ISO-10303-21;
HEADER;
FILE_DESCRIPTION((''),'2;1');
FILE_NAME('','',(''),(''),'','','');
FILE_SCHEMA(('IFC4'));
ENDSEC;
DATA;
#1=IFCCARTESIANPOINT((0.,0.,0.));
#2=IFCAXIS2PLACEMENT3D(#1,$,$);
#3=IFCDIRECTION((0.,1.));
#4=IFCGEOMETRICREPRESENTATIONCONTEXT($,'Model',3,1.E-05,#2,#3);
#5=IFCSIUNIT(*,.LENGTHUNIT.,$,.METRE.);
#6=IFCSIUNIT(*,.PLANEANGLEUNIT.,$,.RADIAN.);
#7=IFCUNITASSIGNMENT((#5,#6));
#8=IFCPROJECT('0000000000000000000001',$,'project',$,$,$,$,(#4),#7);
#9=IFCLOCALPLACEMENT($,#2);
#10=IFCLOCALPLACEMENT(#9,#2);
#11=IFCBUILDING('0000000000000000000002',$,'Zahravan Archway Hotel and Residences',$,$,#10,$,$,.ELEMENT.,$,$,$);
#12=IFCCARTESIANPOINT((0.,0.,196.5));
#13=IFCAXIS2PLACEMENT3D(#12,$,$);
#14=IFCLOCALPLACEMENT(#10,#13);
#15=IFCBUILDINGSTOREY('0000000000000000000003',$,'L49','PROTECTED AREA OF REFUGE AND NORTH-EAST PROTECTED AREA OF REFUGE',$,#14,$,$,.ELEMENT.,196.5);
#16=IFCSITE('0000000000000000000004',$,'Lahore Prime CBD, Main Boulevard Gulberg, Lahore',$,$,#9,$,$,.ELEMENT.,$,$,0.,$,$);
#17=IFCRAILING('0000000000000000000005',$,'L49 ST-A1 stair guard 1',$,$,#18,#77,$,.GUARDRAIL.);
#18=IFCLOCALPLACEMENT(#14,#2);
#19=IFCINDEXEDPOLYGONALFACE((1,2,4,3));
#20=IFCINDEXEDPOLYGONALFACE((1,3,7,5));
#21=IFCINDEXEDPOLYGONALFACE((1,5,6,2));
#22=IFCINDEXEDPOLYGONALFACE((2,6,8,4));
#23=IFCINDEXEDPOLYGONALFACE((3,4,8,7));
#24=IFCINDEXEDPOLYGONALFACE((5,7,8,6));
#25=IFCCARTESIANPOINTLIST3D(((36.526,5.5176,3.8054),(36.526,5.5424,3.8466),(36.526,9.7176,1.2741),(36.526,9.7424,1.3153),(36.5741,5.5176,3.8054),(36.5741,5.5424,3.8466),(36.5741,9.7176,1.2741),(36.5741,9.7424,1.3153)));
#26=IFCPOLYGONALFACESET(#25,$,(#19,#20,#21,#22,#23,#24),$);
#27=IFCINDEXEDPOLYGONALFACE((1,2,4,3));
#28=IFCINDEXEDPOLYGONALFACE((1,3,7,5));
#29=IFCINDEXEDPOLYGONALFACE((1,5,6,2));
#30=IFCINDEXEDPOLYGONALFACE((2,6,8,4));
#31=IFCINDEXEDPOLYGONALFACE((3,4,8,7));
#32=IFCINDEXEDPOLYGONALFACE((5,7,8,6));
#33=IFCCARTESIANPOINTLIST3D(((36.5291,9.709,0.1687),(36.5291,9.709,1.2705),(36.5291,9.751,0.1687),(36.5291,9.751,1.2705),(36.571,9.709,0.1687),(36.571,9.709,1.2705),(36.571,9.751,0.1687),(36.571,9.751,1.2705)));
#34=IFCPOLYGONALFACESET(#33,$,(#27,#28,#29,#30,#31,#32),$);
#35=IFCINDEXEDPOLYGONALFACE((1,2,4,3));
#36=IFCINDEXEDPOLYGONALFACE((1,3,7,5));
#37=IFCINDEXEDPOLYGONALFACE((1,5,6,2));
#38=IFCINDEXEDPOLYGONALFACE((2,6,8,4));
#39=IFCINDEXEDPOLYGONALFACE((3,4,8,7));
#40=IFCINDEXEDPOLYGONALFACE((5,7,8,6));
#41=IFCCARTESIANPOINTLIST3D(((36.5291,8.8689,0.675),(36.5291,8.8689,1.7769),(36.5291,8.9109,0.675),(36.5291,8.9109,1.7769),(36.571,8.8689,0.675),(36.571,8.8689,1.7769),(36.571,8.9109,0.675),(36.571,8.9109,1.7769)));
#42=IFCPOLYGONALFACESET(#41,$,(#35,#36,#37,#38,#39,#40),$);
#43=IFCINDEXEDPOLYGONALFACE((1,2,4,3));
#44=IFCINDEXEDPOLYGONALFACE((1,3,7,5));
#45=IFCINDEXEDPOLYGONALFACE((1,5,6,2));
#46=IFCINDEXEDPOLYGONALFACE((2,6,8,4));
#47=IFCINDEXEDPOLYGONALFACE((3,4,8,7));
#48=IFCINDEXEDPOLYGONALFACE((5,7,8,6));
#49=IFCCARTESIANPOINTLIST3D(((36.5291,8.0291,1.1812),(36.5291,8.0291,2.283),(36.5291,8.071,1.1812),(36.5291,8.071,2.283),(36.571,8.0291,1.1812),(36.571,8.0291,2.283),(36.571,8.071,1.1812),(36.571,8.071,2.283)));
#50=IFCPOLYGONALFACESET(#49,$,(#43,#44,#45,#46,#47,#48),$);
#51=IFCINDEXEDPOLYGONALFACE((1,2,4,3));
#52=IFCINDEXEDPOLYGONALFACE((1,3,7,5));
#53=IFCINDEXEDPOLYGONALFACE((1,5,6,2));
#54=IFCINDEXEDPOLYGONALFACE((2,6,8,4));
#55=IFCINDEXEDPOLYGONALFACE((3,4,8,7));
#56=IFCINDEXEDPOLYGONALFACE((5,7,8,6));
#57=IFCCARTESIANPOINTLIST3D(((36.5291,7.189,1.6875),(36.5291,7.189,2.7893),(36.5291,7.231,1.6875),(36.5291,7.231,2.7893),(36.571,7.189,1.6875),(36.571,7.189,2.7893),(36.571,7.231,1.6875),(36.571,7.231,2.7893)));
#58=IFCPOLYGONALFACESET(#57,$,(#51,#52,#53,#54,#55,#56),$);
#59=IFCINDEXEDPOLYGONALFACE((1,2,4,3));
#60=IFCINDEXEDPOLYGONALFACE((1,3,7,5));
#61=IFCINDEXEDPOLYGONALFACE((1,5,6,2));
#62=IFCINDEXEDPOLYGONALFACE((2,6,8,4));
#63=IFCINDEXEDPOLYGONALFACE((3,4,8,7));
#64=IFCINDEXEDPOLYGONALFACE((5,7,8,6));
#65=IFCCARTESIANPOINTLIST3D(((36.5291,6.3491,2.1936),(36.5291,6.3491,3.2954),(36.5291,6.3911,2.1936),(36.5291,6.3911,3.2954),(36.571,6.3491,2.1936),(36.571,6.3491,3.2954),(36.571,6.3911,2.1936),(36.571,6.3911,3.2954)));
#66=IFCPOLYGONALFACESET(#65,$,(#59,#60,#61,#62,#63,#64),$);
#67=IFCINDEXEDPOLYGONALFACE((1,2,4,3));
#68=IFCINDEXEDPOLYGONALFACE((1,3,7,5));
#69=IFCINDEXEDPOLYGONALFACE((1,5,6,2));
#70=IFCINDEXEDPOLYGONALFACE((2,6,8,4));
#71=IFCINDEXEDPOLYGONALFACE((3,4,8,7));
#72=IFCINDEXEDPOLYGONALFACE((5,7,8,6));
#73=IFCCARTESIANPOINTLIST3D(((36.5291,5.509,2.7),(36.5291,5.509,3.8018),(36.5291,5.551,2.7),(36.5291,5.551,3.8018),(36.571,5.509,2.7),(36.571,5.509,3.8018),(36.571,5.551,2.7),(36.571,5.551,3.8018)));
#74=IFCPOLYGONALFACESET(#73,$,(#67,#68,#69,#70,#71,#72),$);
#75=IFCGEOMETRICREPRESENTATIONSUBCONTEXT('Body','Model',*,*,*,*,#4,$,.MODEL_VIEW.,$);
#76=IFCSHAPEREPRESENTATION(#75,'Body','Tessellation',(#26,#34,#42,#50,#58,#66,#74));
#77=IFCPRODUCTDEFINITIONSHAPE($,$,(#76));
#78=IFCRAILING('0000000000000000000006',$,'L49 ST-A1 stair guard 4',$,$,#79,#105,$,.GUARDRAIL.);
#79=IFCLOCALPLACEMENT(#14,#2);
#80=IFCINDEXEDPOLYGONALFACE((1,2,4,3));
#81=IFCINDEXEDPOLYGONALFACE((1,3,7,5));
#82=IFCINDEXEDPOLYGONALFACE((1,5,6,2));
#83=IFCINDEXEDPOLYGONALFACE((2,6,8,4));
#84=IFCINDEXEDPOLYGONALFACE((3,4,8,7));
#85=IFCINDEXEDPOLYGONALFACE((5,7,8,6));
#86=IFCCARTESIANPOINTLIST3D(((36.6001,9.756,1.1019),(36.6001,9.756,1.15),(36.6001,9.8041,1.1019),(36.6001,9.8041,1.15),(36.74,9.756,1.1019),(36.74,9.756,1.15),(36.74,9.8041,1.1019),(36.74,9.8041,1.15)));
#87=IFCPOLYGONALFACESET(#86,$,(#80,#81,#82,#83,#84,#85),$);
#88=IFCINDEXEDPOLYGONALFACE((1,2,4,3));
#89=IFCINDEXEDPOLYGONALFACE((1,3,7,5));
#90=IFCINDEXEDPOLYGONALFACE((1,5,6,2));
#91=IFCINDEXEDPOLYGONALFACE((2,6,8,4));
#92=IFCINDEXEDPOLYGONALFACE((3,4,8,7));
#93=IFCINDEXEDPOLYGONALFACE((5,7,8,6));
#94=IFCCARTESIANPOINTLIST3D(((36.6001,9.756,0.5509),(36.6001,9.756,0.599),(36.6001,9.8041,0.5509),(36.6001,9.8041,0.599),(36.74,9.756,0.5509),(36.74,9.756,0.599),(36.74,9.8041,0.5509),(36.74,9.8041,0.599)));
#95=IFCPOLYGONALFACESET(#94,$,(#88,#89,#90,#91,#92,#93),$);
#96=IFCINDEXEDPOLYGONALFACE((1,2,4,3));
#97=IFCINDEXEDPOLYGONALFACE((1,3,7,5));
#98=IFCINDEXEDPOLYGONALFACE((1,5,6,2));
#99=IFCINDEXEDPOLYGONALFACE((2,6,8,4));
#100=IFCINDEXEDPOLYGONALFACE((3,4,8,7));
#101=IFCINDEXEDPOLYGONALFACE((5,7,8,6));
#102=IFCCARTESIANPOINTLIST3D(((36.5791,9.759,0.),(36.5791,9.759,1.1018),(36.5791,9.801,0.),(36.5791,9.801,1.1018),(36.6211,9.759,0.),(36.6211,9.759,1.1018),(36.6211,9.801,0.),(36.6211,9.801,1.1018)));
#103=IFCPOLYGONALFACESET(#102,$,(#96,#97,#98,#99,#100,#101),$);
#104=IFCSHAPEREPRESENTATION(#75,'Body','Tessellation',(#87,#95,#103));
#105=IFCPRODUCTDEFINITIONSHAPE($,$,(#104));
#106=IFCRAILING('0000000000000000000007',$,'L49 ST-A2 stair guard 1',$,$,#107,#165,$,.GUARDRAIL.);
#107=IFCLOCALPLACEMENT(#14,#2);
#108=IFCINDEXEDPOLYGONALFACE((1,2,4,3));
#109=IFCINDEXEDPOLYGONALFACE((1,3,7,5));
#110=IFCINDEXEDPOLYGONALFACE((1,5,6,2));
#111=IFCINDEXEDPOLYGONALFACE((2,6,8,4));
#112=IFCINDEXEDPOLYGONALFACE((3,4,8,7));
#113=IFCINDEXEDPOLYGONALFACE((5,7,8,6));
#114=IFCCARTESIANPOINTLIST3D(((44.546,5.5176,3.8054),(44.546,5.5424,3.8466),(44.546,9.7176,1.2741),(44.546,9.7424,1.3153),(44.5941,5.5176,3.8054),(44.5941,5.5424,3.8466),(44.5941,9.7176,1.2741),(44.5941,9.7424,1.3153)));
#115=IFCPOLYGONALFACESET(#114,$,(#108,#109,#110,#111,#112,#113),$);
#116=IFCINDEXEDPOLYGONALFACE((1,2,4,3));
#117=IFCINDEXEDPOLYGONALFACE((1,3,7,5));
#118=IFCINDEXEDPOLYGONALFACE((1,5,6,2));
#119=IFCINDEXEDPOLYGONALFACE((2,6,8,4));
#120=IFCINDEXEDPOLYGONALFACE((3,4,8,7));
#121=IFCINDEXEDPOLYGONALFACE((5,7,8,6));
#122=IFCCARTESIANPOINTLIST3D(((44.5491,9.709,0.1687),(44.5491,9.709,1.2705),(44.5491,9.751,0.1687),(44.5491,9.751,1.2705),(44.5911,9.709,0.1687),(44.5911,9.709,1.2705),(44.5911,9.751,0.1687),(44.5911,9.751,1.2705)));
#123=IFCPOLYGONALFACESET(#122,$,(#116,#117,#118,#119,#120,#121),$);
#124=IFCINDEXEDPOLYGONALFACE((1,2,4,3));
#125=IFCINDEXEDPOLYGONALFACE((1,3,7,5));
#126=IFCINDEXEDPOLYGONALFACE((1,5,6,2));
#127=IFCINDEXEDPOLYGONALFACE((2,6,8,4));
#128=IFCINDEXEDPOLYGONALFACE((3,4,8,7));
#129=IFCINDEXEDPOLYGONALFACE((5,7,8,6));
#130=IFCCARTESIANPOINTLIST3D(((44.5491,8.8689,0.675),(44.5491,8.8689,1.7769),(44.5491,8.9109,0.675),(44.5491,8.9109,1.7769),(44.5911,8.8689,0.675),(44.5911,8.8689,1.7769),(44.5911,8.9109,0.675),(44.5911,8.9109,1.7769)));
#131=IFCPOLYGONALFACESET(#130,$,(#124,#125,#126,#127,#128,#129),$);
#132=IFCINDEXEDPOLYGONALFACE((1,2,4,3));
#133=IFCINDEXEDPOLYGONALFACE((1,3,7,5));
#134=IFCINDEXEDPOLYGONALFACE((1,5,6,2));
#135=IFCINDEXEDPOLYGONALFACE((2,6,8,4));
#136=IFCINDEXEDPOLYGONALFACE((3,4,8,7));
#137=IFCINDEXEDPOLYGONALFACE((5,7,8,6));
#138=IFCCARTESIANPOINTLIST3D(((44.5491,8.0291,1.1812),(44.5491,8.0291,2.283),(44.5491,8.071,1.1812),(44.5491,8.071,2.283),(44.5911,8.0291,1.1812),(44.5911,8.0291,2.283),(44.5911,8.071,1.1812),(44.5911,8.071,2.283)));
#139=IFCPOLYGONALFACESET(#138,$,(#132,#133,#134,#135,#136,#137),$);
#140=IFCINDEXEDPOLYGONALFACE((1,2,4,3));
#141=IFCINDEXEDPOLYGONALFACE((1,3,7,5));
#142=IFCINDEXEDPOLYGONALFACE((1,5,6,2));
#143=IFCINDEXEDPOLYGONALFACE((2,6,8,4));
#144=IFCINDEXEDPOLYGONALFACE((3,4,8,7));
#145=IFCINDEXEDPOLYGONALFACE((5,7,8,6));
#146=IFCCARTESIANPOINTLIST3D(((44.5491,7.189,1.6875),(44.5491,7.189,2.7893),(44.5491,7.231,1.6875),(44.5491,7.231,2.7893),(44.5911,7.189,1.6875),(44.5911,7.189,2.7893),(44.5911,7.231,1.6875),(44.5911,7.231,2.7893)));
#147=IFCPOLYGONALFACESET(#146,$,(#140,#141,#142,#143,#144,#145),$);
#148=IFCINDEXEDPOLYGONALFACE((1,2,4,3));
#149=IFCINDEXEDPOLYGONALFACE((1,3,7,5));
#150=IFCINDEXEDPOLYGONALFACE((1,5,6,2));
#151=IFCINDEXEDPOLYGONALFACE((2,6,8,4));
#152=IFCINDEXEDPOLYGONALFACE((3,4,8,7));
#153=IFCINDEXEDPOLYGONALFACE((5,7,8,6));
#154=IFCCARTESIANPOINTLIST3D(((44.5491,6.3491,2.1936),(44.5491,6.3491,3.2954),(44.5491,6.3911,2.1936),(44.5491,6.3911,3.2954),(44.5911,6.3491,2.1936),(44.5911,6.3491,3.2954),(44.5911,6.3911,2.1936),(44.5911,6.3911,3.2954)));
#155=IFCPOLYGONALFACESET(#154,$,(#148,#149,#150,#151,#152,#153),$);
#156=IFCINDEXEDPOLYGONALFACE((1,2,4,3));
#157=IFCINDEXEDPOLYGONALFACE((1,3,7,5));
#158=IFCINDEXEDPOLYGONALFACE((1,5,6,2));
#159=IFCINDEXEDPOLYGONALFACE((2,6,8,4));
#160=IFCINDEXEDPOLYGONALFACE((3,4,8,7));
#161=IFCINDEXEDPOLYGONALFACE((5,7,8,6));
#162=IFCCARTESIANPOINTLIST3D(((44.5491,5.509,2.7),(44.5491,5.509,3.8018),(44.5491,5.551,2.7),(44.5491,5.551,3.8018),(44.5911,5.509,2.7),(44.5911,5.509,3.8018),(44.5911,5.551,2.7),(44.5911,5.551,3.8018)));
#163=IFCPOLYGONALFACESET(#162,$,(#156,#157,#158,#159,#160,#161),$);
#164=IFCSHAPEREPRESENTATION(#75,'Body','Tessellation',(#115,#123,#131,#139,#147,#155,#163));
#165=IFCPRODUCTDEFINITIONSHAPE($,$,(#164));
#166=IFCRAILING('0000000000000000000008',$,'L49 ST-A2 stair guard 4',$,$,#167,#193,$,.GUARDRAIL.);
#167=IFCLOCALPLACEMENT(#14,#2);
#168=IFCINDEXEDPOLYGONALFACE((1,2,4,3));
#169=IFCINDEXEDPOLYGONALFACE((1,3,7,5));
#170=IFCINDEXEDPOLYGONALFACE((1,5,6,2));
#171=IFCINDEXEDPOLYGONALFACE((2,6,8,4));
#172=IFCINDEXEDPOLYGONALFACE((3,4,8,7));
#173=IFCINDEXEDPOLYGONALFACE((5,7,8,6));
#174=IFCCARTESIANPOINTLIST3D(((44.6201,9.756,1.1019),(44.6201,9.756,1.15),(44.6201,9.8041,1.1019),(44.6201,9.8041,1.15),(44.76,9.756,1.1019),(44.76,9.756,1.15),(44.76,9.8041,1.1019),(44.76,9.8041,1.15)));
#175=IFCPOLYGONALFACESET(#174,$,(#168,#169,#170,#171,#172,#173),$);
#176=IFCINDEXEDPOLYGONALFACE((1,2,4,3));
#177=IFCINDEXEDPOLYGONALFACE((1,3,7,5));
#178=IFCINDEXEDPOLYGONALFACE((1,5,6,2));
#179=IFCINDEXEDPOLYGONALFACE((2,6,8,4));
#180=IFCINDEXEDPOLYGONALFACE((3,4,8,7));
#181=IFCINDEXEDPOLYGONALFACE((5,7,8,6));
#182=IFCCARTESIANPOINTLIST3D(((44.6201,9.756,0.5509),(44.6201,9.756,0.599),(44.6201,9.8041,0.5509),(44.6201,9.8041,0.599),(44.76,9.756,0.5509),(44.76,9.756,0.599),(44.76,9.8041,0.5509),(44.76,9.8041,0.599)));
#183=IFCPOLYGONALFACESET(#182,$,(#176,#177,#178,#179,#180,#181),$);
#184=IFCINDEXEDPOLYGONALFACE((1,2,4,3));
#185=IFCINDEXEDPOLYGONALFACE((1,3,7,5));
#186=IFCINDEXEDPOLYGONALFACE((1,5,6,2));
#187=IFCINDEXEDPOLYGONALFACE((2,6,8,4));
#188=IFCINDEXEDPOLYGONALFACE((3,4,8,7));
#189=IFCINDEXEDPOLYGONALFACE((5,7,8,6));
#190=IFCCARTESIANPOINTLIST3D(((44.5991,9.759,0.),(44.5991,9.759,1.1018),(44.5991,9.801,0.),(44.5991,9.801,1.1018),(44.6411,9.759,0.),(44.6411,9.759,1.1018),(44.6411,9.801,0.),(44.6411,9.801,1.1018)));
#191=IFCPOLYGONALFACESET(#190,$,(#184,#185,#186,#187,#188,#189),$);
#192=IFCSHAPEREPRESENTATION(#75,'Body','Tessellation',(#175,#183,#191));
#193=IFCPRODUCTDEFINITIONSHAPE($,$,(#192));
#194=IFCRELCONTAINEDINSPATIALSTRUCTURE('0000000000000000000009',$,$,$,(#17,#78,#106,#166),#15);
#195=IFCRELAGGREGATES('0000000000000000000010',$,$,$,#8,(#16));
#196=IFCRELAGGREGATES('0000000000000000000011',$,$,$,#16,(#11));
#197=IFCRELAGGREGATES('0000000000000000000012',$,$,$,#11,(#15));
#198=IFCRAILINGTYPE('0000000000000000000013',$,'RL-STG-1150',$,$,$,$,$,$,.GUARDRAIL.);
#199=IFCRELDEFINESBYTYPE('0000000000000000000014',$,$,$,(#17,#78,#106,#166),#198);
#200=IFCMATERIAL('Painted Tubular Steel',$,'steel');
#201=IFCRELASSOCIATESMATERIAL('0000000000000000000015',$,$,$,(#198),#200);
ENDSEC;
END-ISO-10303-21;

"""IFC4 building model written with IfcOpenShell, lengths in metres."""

from ifc_helpers import new_model, si_unit, direction, frame, origin, origin_2d, place, context, subcontext, project, spatial, rectangle, extrude, material, type_object, element, save


model = new_model("IFC4")

# Units and contexts
model_context = context("Model", 3, precision=1e-05, world=origin(), true_north=direction((0.0, 1.0)))
body_context = subcontext(model_context, "Body", "Model", "MODEL_VIEW")
ifc_project = project(units=[si_unit("LENGTHUNIT", "METRE"), si_unit("PLANEANGLEUNIT", "RADIAN")], contexts=[model_context])

# Site, building, storey
site_placement = place(None, origin())
site = spatial("IfcSite", under=ifc_project, at=site_placement, Name="Lahore Prime CBD, Main Boulevard Gulberg, Lahore", CompositionType="ELEMENT", RefElevation=0.0)
building_placement = place(site_placement, origin())
building = spatial("IfcBuilding", under=site, at=building_placement, Name="Zahravan Archway Hotel and Residences", CompositionType="ELEMENT")
storey_placement = place(building_placement, frame((0.0, 0.0, 196.5)))
storey = spatial("IfcBuildingStorey", under=building, at=storey_placement, Name="L49", Description="PROTECTED AREA OF REFUGE AND NORTH-EAST PROTECTED AREA OF REFUGE", CompositionType="ELEMENT", Elevation=196.5)

# Railings
ifc_material_1 = material(Name="Painted Tubular Steel", Category="steel")
railing_type_1 = type_object("IfcRailingType", Name="RL-STG-1150", PredefinedType="GUARDRAIL", material=ifc_material_1)
railing_1_placement = place(storey_placement, frame((36.55, 9.73, 0.1687)))
element("IfcRailing", 1, at=railing_1_placement, inside=storey, type_object=railing_type_1, Name="L49 ST-A1 stair guard 1", PredefinedType="GUARDRAIL", context=body_context, shape_type="SweptSolid", body=[
    extrude(rectangle(XDim=0.0481, YDim=0.0481, at=origin_2d()), frame((0.0, 0.0, 1.126), z_axis=(0.0, -0.856476, 0.516186), x_axis=(1.0, 0.0, 0.0)), (0.0, 0.0, 1.0), 4.9038),
    extrude(rectangle(XDim=0.042, YDim=0.042, at=origin_2d()), origin(), (0.0, 0.0, 1.0), 1.1018),
    extrude(rectangle(XDim=0.042, YDim=0.042, at=origin_2d()), frame((0.0, -0.8401, 0.5063)), (0.0, 0.0, 1.0), 1.1018),
    extrude(rectangle(XDim=0.042, YDim=0.042, at=origin_2d()), frame((0.0, -1.6799, 1.0125)), (0.0, 0.0, 1.0), 1.1018),
    extrude(rectangle(XDim=0.042, YDim=0.042, at=origin_2d()), frame((0.0, -2.52, 1.5188)), (0.0, 0.0, 1.0), 1.1018),
    extrude(rectangle(XDim=0.042, YDim=0.042, at=origin_2d()), frame((0.0, -3.3599, 2.0249)), (0.0, 0.0, 1.0), 1.1018),
    extrude(rectangle(XDim=0.042, YDim=0.042, at=origin_2d()), frame((0.0, -4.2, 2.5312)), (0.0, 0.0, 1.0), 1.1018),
])
railing_2_placement = place(storey_placement, frame((36.6001, 9.78, 0.0)))
element("IfcRailing", 2, at=railing_2_placement, inside=storey, type_object=railing_type_1, Name="L49 ST-A1 stair guard 4", PredefinedType="GUARDRAIL", context=body_context, shape_type="SweptSolid", body=[
    extrude(rectangle(XDim=0.0481, YDim=0.0481, at=origin_2d()), frame((0.0, 0.0, 1.126), z_axis=(1.0, 0.0, 0.0), x_axis=(0.0, 1.0, 0.0)), (0.0, 0.0, 1.0), 0.1399),
    extrude(rectangle(XDim=0.0481, YDim=0.0481, at=origin_2d()), frame((0.0, 0.0, 0.575), z_axis=(1.0, 0.0, 0.0), x_axis=(0.0, 1.0, 0.0)), (0.0, 0.0, 1.0), 0.1399),
    extrude(rectangle(XDim=0.042, YDim=0.042, at=origin_2d()), origin(), (0.0, 0.0, 1.0), 1.1018),
])
railing_3_placement = place(storey_placement, frame((44.5701, 9.73, 0.1687)))
element("IfcRailing", 3, at=railing_3_placement, inside=storey, type_object=railing_type_1, Name="L49 ST-A2 stair guard 1", PredefinedType="GUARDRAIL", context=body_context, shape_type="SweptSolid", body=[
    extrude(rectangle(XDim=0.0481, YDim=0.0481, at=origin_2d()), frame((0.0, 0.0, 1.126), z_axis=(0.0, -0.856476, 0.516186), x_axis=(1.0, 0.0, 0.0)), (0.0, 0.0, 1.0), 4.9038),
    extrude(rectangle(XDim=0.042, YDim=0.042, at=origin_2d()), origin(), (0.0, 0.0, 1.0), 1.1018),
    extrude(rectangle(XDim=0.042, YDim=0.042, at=origin_2d()), frame((0.0, -0.8401, 0.5063)), (0.0, 0.0, 1.0), 1.1018),
    extrude(rectangle(XDim=0.042, YDim=0.042, at=origin_2d()), frame((0.0, -1.6799, 1.0125)), (0.0, 0.0, 1.0), 1.1018),
    extrude(rectangle(XDim=0.042, YDim=0.042, at=origin_2d()), frame((0.0, -2.52, 1.5188)), (0.0, 0.0, 1.0), 1.1018),
    extrude(rectangle(XDim=0.042, YDim=0.042, at=origin_2d()), frame((0.0, -3.3599, 2.0249)), (0.0, 0.0, 1.0), 1.1018),
    extrude(rectangle(XDim=0.042, YDim=0.042, at=origin_2d()), frame((0.0, -4.2, 2.5312)), (0.0, 0.0, 1.0), 1.1018),
])
railing_4_placement = place(storey_placement, frame((44.6201, 9.78, 0.0)))
element("IfcRailing", 4, at=railing_4_placement, inside=storey, type_object=railing_type_1, Name="L49 ST-A2 stair guard 4", PredefinedType="GUARDRAIL", context=body_context, shape_type="SweptSolid", body=[
    extrude(rectangle(XDim=0.0481, YDim=0.0481, at=origin_2d()), frame((0.0, 0.0, 1.126), z_axis=(1.0, 0.0, 0.0), x_axis=(0.0, 1.0, 0.0)), (0.0, 0.0, 1.0), 0.1399),
    extrude(rectangle(XDim=0.0481, YDim=0.0481, at=origin_2d()), frame((0.0, 0.0, 0.575), z_axis=(1.0, 0.0, 0.0), x_axis=(0.0, 1.0, 0.0)), (0.0, 0.0, 1.0), 0.1399),
    extrude(rectangle(XDim=0.042, YDim=0.042, at=origin_2d()), origin(), (0.0, 0.0, 1.0), 1.1018),
])

save(model, "model.ifc")
